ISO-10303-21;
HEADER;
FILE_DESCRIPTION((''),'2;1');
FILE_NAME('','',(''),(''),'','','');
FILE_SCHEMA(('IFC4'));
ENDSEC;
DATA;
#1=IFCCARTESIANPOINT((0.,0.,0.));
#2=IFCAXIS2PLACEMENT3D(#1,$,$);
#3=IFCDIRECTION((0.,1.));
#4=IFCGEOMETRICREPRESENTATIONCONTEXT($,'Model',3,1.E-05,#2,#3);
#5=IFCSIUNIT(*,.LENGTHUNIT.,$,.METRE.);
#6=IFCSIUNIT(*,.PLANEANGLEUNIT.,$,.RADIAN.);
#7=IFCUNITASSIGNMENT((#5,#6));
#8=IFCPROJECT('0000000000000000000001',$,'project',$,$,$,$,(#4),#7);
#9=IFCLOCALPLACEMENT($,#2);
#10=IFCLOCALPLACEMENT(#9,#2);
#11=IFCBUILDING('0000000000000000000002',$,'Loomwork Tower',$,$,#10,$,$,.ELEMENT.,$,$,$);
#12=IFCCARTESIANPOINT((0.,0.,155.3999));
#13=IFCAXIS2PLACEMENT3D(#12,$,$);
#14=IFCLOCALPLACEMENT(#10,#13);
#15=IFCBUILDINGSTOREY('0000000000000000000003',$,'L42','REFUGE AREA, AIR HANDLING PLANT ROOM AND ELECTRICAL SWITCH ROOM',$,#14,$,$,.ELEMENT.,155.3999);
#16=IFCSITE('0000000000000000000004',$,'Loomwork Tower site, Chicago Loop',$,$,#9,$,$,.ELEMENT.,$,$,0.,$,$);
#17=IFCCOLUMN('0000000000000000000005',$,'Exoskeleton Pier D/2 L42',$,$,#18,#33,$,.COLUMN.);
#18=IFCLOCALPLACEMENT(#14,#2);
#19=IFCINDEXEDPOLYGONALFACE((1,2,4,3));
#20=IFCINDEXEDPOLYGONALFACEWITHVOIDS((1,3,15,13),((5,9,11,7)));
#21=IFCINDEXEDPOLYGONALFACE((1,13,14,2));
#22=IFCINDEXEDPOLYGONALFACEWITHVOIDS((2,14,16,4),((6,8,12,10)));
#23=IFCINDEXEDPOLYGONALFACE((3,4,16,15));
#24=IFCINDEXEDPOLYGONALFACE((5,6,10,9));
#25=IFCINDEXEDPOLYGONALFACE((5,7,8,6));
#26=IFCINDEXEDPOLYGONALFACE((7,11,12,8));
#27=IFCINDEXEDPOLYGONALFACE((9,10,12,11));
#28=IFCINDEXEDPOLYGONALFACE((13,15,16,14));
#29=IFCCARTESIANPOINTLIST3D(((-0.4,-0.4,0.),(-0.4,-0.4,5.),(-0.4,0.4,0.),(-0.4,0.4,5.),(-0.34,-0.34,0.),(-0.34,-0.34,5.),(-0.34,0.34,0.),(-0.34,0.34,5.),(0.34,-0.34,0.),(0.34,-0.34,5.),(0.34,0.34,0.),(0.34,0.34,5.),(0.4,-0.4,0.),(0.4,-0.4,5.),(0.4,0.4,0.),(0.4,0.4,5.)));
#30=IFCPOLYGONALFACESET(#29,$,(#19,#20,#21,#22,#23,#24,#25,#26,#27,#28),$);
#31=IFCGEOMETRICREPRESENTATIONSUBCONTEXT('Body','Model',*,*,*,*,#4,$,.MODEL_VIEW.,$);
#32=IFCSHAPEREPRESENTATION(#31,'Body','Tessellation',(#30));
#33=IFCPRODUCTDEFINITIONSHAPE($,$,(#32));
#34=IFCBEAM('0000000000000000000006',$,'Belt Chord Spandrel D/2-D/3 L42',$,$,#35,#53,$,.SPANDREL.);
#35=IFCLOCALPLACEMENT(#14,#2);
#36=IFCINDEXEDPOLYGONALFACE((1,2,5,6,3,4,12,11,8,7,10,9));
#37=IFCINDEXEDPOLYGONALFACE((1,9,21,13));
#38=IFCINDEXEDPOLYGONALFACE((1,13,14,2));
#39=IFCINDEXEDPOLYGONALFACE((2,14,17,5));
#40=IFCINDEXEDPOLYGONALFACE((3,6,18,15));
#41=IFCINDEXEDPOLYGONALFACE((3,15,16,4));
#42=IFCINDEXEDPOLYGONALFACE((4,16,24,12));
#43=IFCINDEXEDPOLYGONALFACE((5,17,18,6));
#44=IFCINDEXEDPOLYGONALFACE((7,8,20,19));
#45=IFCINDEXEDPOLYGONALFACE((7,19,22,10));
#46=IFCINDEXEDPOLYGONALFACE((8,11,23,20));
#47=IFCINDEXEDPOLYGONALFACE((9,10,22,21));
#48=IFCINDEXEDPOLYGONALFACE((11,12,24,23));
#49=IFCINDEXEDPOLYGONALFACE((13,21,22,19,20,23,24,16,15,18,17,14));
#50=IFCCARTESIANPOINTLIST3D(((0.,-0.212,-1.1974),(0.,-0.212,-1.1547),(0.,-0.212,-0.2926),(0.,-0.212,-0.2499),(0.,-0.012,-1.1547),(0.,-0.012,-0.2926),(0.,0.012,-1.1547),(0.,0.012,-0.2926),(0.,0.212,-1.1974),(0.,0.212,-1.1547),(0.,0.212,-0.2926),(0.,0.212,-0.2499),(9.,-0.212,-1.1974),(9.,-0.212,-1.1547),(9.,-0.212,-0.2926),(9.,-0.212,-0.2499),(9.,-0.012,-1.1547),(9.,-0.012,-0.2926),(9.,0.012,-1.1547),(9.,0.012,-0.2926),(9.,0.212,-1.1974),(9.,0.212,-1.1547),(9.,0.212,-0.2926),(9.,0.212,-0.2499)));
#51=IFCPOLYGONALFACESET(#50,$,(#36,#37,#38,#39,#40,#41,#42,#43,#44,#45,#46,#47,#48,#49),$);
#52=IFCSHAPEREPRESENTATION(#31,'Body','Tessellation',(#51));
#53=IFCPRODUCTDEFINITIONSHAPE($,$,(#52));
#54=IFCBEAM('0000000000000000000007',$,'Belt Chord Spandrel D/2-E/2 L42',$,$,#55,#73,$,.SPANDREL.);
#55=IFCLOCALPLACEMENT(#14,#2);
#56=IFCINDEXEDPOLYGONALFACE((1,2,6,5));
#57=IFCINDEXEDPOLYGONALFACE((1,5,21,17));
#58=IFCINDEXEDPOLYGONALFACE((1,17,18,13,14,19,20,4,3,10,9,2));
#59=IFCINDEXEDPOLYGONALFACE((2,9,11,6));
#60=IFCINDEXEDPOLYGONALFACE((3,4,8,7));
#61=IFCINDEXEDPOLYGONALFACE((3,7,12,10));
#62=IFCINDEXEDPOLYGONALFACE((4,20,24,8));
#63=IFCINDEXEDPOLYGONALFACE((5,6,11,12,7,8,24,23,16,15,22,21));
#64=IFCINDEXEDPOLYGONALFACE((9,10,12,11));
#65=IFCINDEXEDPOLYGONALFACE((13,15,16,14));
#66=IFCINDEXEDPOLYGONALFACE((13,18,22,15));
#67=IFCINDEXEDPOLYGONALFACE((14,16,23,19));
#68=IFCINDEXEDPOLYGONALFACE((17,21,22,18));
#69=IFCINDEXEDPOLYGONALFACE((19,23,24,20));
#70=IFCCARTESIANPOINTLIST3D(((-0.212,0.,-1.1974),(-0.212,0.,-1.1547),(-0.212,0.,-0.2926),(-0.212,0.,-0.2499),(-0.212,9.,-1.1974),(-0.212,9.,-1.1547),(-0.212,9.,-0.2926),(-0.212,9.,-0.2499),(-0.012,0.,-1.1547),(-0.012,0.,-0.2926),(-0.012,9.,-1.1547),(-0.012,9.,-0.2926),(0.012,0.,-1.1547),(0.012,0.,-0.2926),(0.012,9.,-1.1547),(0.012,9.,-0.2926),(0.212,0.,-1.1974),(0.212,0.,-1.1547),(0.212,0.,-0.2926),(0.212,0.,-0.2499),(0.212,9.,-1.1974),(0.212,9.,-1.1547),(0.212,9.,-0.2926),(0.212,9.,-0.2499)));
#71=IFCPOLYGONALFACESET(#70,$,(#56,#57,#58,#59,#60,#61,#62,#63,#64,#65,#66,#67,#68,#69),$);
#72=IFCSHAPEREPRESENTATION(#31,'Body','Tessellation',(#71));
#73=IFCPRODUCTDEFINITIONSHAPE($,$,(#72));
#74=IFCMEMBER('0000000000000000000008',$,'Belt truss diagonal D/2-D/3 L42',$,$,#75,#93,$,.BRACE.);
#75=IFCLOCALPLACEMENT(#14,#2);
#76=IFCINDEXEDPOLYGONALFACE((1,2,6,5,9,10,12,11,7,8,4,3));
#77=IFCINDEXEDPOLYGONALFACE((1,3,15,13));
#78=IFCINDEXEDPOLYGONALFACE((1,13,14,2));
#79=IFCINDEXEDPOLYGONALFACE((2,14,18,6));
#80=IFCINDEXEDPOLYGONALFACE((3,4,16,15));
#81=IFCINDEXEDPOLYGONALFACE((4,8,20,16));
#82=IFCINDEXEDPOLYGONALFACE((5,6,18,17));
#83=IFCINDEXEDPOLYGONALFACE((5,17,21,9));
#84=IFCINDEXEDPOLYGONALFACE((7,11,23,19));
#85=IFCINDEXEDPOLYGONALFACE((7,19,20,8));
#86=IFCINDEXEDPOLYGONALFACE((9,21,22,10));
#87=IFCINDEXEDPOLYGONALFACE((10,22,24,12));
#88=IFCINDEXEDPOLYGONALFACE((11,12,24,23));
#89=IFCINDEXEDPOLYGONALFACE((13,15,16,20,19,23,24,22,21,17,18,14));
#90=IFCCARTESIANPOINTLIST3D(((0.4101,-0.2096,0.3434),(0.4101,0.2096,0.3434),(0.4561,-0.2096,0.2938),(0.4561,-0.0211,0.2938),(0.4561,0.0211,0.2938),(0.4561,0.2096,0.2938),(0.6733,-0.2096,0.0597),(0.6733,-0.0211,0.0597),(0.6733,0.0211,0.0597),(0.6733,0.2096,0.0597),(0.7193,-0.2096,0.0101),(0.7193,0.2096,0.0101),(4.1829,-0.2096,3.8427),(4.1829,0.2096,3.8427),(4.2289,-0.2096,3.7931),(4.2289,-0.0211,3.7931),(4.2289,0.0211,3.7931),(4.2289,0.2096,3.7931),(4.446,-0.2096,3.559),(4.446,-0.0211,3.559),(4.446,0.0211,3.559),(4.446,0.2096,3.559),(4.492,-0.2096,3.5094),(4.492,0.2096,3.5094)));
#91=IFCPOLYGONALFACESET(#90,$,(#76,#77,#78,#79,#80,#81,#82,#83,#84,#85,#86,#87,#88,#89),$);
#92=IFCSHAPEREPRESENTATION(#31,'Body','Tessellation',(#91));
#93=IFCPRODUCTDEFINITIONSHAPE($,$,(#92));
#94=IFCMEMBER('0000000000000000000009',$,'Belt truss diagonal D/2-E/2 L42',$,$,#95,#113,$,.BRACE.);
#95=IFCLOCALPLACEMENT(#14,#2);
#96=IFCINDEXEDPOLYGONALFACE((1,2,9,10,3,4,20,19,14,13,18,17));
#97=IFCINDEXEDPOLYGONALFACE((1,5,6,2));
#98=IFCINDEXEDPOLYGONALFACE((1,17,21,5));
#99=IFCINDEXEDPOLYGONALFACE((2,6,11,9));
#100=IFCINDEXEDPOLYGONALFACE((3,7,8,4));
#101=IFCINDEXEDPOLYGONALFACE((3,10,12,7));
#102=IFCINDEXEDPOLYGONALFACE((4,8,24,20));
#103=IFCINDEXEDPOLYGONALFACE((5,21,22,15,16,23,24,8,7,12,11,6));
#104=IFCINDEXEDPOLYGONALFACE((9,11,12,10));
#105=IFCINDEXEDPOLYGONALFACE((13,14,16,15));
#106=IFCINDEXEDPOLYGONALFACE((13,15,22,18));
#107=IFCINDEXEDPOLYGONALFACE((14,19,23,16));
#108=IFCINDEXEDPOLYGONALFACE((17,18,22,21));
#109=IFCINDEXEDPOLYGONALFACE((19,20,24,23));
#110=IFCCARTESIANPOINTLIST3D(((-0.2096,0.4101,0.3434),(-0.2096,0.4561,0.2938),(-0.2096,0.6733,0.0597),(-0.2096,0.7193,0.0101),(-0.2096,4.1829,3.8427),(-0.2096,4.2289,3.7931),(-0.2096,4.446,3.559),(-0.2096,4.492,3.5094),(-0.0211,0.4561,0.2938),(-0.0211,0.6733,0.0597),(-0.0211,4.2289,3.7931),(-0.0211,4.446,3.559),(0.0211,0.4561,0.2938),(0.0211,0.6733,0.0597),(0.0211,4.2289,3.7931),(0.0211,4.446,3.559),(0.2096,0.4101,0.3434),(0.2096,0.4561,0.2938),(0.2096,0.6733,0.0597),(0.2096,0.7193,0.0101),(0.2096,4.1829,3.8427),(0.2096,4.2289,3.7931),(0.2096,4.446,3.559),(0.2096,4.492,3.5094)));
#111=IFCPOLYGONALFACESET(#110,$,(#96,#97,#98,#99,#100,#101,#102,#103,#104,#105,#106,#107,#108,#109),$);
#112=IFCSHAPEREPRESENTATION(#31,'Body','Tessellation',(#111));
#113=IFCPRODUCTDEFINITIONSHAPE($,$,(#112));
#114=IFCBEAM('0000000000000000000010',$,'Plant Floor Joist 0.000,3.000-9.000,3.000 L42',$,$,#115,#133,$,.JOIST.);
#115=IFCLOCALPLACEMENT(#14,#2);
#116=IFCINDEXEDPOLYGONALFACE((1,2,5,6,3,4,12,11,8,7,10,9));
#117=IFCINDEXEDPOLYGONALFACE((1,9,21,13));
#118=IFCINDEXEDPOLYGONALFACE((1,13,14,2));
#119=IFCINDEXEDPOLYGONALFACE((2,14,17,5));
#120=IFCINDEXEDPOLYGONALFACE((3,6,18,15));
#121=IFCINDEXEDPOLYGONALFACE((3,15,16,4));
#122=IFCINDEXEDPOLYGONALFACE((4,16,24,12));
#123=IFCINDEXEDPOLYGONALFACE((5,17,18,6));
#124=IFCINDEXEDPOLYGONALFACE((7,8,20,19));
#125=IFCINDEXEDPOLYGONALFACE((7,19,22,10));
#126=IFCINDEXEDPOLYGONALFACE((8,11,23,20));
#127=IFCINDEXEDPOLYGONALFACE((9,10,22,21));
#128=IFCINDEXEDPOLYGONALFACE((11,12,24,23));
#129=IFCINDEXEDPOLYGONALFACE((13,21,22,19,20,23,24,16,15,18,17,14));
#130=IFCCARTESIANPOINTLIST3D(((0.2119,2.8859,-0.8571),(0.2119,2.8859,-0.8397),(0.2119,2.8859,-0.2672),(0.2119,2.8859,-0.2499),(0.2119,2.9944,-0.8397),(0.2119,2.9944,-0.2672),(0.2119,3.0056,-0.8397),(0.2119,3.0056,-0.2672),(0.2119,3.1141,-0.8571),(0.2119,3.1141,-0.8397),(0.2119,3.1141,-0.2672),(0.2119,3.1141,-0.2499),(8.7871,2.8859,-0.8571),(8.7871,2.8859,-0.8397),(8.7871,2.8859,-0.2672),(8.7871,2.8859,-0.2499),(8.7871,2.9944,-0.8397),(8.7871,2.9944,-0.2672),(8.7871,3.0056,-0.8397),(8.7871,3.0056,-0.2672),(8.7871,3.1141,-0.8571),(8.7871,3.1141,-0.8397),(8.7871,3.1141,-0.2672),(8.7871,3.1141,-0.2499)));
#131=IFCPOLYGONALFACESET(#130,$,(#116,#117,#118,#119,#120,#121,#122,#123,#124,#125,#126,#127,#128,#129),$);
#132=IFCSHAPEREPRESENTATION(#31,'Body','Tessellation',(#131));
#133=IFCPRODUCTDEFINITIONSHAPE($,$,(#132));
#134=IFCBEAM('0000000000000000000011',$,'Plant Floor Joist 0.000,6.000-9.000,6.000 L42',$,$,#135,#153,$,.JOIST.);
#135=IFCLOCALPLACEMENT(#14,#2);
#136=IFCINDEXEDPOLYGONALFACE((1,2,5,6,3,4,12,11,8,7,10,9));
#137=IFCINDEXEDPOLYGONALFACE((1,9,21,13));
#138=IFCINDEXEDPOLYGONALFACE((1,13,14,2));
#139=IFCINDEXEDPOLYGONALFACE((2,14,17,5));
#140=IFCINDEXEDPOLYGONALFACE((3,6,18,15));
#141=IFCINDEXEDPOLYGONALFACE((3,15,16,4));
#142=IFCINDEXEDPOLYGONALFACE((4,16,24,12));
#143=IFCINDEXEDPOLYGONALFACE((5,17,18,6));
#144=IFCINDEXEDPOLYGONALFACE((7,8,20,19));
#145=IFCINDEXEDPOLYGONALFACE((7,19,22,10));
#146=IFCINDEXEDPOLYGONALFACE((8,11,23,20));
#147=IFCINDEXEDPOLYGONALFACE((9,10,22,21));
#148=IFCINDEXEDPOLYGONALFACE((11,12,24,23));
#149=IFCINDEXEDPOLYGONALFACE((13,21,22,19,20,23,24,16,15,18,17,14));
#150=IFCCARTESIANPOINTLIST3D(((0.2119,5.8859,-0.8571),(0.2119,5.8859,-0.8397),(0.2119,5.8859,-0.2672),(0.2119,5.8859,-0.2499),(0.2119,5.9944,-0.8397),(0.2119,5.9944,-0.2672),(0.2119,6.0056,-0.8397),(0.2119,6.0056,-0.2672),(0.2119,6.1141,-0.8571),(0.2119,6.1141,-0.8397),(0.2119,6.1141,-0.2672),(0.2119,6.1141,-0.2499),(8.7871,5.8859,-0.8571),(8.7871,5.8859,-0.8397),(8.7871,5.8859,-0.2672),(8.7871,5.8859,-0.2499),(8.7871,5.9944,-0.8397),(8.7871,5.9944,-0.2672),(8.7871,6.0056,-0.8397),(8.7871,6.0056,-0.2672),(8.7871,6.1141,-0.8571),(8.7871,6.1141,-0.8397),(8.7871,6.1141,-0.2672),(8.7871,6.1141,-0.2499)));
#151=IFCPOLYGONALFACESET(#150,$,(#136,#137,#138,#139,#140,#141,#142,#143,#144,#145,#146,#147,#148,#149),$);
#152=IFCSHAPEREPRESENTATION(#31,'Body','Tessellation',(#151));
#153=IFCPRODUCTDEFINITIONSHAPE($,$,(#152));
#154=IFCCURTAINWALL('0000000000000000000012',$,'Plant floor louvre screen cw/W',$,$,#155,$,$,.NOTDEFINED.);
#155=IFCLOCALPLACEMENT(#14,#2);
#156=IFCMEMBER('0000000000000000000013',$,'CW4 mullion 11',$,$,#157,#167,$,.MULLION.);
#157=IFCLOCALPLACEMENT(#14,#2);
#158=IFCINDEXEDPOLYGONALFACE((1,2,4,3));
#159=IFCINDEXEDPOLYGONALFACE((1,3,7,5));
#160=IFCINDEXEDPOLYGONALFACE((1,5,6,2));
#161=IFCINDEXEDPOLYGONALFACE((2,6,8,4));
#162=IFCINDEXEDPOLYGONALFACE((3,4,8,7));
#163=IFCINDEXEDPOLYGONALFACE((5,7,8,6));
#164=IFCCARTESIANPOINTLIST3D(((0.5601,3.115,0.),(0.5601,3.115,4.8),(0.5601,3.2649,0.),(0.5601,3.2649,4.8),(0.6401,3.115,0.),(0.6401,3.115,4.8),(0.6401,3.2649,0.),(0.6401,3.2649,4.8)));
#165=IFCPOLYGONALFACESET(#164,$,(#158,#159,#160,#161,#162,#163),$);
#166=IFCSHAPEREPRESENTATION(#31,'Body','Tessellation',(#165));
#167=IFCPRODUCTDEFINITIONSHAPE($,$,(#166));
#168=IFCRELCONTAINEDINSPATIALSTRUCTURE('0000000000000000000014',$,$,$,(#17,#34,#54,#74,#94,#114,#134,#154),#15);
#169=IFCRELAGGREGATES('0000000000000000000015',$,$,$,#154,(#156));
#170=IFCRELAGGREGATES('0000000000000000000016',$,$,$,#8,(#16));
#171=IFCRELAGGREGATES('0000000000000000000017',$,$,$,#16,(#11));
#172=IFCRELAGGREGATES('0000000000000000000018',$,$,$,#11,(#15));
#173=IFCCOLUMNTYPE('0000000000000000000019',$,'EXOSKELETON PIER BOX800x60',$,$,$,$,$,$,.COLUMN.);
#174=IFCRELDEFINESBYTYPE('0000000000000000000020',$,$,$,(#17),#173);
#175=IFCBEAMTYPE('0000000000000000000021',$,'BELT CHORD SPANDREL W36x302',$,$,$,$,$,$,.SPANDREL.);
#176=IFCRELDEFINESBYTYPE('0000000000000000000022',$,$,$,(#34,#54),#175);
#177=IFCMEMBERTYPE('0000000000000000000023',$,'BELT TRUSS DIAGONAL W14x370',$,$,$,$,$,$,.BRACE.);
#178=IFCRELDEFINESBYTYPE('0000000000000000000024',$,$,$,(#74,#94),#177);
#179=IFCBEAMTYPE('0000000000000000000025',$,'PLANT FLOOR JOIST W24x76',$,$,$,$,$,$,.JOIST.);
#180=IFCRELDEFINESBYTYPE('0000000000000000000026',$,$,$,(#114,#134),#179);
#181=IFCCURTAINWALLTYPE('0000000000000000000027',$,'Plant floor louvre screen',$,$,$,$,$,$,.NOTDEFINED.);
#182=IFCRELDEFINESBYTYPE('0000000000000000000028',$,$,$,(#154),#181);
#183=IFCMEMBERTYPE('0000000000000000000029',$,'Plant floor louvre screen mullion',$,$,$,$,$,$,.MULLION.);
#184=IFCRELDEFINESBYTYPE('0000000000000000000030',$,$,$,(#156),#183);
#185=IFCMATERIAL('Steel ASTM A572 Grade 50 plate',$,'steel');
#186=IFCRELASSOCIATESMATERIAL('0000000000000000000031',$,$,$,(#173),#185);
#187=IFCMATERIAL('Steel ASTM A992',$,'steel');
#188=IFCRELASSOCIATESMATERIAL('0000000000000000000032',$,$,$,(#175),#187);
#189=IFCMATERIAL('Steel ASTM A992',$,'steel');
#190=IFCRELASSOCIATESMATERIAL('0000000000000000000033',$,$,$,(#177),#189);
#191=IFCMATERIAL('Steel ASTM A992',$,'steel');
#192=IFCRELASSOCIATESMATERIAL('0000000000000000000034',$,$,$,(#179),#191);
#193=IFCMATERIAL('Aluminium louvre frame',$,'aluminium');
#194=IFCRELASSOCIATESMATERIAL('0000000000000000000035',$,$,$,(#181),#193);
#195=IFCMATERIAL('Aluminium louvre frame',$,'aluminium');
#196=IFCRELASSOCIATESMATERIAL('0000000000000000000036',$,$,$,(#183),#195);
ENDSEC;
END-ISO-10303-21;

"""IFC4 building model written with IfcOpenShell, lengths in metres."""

from ifc_helpers import new_model, si_unit, direction, frame, origin, origin_with_axes, origin_2d, place, context, subcontext, project, spatial, rectangle, hollow_rectangle, i_section, extrude, material, material_profile, profile_set, type_object, element, aggregate, save


model = new_model("IFC4")

# Units and contexts
model_context = context("Model", 3, precision=1e-05, world=origin(), true_north=direction((0.0, 1.0)))
body_context = subcontext(model_context, "Body", "Model", "MODEL_VIEW")
ifc_project = project(units=[si_unit("LENGTHUNIT", "METRE"), si_unit("PLANEANGLEUNIT", "RADIAN")], contexts=[model_context])

# Site, building, storey
site_placement = place(None, origin())
site = spatial("IfcSite", under=ifc_project, at=site_placement, Name="Loomwork Tower site, Chicago Loop", CompositionType="ELEMENT", RefElevation=0.0)
building_placement = place(site_placement, origin())
building = spatial("IfcBuilding", under=site, at=building_placement, Name="Loomwork Tower", CompositionType="ELEMENT")
storey_placement = place(building_placement, frame((0.0, 0.0, 155.3999)))
storey = spatial("IfcBuildingStorey", under=building, at=storey_placement, Name="L42", Description="REFUGE AREA, AIR HANDLING PLANT ROOM AND ELECTRICAL SWITCH ROOM", CompositionType="ELEMENT", Elevation=155.3999)

# Column
ifc_material_1 = material(Name="Steel ASTM A572 Grade 50 plate", Category="steel")
ifc_material_profile_1 = material_profile(ifc_material_1, hollow_rectangle(XDim=0.8, YDim=0.8, WallThickness=0.0601, at=origin_2d()), Name="BOX800x60")
ifc_profile_set_1 = profile_set([ifc_material_profile_1], Name="Steel ASTM A572 Grade 50 plate")
column_type = type_object("IfcColumnType", Name="EXOSKELETON PIER BOX800x60", PredefinedType="COLUMN", material=ifc_profile_set_1)
column_placement = place(storey_placement, origin_with_axes())
element("IfcColumn", 1, at=column_placement, inside=storey, type_object=column_type, Name="Exoskeleton Pier D/2 L42", PredefinedType="COLUMN", context=body_context, shape_type="SweptSolid", body=[
    extrude(hollow_rectangle(XDim=0.8, YDim=0.8, WallThickness=0.0601, at=origin_2d()), origin(), (0.0, 0.0, 1.0), 5.0),
])

# Beams
ifc_material_2 = material(Name="Steel ASTM A992", Category="steel")
ifc_material_profile_2 = material_profile(ifc_material_2, i_section(OverallWidth=0.4241, OverallDepth=0.9475, WebThickness=0.0239, FlangeThickness=0.0427, at=origin_2d()), Name="W36x302")
ifc_profile_set_2 = profile_set([ifc_material_profile_2], Name="Steel ASTM A992")
beam_type_1 = type_object("IfcBeamType", Name="BELT CHORD SPANDREL W36x302", PredefinedType="SPANDREL", material=ifc_profile_set_2)
for number, where, z_axis, x_axis, name in (
    (2, (0.0, 0.0, -0.7236), (1.0, 0.0, 0.0), (0.0, 1.0, 0.0), "Belt Chord Spandrel D/2-D/3 L42"),
    (3, (0.0, 0.0, -0.7236), (0.0, 1.0, 0.0), (-1.0, 0.0, 0.0), "Belt Chord Spandrel D/2-E/2 L42"),
):
    element("IfcBeam", number, at=place(storey_placement, frame(where, z_axis=z_axis, x_axis=x_axis)), inside=storey, type_object=beam_type_1, Name=name, PredefinedType="SPANDREL", context=body_context, shape_type="SweptSolid", body=[
        extrude(i_section(OverallWidth=0.4241, OverallDepth=0.9475, WebThickness=0.0239, FlangeThickness=0.0427, at=origin_2d()), origin(), (0.0, 0.0, 1.0), 9.0),
    ])

# Members
ifc_material_3 = material(Name="Steel ASTM A992", Category="steel")
ifc_material_profile_3 = material_profile(ifc_material_3, i_section(OverallWidth=0.4192, OverallDepth=0.4546, WebThickness=0.0422, FlangeThickness=0.0676, at=origin_2d()), Name="W14x370")
ifc_profile_set_3 = profile_set([ifc_material_profile_3], Name="Steel ASTM A992")
member_type_1 = type_object("IfcMemberType", Name="BELT TRUSS DIAGONAL W14x370", PredefinedType="BRACE", material=ifc_profile_set_3)
for number, where, z_axis, x_axis, name in (
    (4, (0.5647, 0.0, 0.1768), (0.733177, 0.0, 0.680038), (0.0, 1.0, 0.0), "Belt truss diagonal D/2-D/3 L42"),
    (5, (0.0, 0.5647, 0.1768), (0.0, 0.733177, 0.680038), (-1.0, 0.0, 0.0), "Belt truss diagonal D/2-E/2 L42"),
):
    element("IfcMember", number, at=place(storey_placement, frame(where, z_axis=z_axis, x_axis=x_axis)), inside=storey, type_object=member_type_1, Name=name, PredefinedType="BRACE", context=body_context, shape_type="SweptSolid", body=[
        extrude(i_section(OverallWidth=0.4192, OverallDepth=0.4546, WebThickness=0.0422, FlangeThickness=0.0676, at=origin_2d()), origin(), (0.0, 0.0, 1.0), 5.1458),
    ])

# Beams
ifc_material_4 = material(Name="Steel ASTM A992", Category="steel")
ifc_material_profile_4 = material_profile(ifc_material_4, i_section(OverallWidth=0.2283, OverallDepth=0.6072, WebThickness=0.0112, FlangeThickness=0.0173, at=origin_2d()), Name="W24x76")
ifc_profile_set_4 = profile_set([ifc_material_profile_4], Name="Steel ASTM A992")
beam_type_2 = type_object("IfcBeamType", Name="PLANT FLOOR JOIST W24x76", PredefinedType="JOIST", material=ifc_profile_set_4)
for number, where, z_axis, x_axis, name in (
    (6, (0.2119, 3.0, -0.5535), (1.0, 0.0, 0.0), (0.0, 1.0, 0.0), "Plant Floor Joist 0.000,3.000-9.000,3.000 L42"),
    (7, (0.2119, 6.0, -0.5535), (1.0, 0.0, 0.0), (0.0, 1.0, 0.0), "Plant Floor Joist 0.000,6.000-9.000,6.000 L42"),
):
    element("IfcBeam", number, at=place(storey_placement, frame(where, z_axis=z_axis, x_axis=x_axis)), inside=storey, type_object=beam_type_2, Name=name, PredefinedType="JOIST", context=body_context, shape_type="SweptSolid", body=[
        extrude(i_section(OverallWidth=0.2283, OverallDepth=0.6072, WebThickness=0.0112, FlangeThickness=0.0173, at=origin_2d()), origin(), (0.0, 0.0, 1.0), 8.5752),
    ])

# Curtain wall, member
ifc_material_5 = material(Name="Aluminium louvre frame", Category="aluminium")
curtain_wall_type = type_object("IfcCurtainWallType", Name="Plant floor louvre screen", PredefinedType="NOTDEFINED", material=ifc_material_5)
curtain_wall_placement = place(storey_placement, origin())
curtain_wall = element("IfcCurtainWall", 8, at=curtain_wall_placement, inside=storey, type_object=curtain_wall_type, Name="Plant floor louvre screen cw/W", PredefinedType="NOTDEFINED")
ifc_material_6 = material(Name="Aluminium louvre frame", Category="aluminium")
ifc_material_profile_5 = material_profile(ifc_material_6, rectangle(XDim=0.0801, YDim=0.1499, at=origin_2d()), Name="AL 80x150")
ifc_profile_set_5 = profile_set([ifc_material_profile_5], Name="Aluminium louvre frame")
member_type_2 = type_object("IfcMemberType", Name="Plant floor louvre screen mullion", PredefinedType="MULLION", material=ifc_profile_set_5)
member_placement = place(storey_placement, frame((0.6001, 3.1899, 0.0), z_axis=(0.0, 0.0, 1.0), x_axis=(1.0, 0.0, 0.0)))
member = element("IfcMember", 9, at=member_placement, type_object=member_type_2, Name="CW4 mullion 11", PredefinedType="MULLION", context=body_context, shape_type="SweptSolid", body=[
    extrude(rectangle(XDim=0.0801, YDim=0.1499, at=origin_2d()), origin(), (0.0, 0.0, 1.0), 4.8),
])
aggregate(curtain_wall, [member])

save(model, "model.ifc")
